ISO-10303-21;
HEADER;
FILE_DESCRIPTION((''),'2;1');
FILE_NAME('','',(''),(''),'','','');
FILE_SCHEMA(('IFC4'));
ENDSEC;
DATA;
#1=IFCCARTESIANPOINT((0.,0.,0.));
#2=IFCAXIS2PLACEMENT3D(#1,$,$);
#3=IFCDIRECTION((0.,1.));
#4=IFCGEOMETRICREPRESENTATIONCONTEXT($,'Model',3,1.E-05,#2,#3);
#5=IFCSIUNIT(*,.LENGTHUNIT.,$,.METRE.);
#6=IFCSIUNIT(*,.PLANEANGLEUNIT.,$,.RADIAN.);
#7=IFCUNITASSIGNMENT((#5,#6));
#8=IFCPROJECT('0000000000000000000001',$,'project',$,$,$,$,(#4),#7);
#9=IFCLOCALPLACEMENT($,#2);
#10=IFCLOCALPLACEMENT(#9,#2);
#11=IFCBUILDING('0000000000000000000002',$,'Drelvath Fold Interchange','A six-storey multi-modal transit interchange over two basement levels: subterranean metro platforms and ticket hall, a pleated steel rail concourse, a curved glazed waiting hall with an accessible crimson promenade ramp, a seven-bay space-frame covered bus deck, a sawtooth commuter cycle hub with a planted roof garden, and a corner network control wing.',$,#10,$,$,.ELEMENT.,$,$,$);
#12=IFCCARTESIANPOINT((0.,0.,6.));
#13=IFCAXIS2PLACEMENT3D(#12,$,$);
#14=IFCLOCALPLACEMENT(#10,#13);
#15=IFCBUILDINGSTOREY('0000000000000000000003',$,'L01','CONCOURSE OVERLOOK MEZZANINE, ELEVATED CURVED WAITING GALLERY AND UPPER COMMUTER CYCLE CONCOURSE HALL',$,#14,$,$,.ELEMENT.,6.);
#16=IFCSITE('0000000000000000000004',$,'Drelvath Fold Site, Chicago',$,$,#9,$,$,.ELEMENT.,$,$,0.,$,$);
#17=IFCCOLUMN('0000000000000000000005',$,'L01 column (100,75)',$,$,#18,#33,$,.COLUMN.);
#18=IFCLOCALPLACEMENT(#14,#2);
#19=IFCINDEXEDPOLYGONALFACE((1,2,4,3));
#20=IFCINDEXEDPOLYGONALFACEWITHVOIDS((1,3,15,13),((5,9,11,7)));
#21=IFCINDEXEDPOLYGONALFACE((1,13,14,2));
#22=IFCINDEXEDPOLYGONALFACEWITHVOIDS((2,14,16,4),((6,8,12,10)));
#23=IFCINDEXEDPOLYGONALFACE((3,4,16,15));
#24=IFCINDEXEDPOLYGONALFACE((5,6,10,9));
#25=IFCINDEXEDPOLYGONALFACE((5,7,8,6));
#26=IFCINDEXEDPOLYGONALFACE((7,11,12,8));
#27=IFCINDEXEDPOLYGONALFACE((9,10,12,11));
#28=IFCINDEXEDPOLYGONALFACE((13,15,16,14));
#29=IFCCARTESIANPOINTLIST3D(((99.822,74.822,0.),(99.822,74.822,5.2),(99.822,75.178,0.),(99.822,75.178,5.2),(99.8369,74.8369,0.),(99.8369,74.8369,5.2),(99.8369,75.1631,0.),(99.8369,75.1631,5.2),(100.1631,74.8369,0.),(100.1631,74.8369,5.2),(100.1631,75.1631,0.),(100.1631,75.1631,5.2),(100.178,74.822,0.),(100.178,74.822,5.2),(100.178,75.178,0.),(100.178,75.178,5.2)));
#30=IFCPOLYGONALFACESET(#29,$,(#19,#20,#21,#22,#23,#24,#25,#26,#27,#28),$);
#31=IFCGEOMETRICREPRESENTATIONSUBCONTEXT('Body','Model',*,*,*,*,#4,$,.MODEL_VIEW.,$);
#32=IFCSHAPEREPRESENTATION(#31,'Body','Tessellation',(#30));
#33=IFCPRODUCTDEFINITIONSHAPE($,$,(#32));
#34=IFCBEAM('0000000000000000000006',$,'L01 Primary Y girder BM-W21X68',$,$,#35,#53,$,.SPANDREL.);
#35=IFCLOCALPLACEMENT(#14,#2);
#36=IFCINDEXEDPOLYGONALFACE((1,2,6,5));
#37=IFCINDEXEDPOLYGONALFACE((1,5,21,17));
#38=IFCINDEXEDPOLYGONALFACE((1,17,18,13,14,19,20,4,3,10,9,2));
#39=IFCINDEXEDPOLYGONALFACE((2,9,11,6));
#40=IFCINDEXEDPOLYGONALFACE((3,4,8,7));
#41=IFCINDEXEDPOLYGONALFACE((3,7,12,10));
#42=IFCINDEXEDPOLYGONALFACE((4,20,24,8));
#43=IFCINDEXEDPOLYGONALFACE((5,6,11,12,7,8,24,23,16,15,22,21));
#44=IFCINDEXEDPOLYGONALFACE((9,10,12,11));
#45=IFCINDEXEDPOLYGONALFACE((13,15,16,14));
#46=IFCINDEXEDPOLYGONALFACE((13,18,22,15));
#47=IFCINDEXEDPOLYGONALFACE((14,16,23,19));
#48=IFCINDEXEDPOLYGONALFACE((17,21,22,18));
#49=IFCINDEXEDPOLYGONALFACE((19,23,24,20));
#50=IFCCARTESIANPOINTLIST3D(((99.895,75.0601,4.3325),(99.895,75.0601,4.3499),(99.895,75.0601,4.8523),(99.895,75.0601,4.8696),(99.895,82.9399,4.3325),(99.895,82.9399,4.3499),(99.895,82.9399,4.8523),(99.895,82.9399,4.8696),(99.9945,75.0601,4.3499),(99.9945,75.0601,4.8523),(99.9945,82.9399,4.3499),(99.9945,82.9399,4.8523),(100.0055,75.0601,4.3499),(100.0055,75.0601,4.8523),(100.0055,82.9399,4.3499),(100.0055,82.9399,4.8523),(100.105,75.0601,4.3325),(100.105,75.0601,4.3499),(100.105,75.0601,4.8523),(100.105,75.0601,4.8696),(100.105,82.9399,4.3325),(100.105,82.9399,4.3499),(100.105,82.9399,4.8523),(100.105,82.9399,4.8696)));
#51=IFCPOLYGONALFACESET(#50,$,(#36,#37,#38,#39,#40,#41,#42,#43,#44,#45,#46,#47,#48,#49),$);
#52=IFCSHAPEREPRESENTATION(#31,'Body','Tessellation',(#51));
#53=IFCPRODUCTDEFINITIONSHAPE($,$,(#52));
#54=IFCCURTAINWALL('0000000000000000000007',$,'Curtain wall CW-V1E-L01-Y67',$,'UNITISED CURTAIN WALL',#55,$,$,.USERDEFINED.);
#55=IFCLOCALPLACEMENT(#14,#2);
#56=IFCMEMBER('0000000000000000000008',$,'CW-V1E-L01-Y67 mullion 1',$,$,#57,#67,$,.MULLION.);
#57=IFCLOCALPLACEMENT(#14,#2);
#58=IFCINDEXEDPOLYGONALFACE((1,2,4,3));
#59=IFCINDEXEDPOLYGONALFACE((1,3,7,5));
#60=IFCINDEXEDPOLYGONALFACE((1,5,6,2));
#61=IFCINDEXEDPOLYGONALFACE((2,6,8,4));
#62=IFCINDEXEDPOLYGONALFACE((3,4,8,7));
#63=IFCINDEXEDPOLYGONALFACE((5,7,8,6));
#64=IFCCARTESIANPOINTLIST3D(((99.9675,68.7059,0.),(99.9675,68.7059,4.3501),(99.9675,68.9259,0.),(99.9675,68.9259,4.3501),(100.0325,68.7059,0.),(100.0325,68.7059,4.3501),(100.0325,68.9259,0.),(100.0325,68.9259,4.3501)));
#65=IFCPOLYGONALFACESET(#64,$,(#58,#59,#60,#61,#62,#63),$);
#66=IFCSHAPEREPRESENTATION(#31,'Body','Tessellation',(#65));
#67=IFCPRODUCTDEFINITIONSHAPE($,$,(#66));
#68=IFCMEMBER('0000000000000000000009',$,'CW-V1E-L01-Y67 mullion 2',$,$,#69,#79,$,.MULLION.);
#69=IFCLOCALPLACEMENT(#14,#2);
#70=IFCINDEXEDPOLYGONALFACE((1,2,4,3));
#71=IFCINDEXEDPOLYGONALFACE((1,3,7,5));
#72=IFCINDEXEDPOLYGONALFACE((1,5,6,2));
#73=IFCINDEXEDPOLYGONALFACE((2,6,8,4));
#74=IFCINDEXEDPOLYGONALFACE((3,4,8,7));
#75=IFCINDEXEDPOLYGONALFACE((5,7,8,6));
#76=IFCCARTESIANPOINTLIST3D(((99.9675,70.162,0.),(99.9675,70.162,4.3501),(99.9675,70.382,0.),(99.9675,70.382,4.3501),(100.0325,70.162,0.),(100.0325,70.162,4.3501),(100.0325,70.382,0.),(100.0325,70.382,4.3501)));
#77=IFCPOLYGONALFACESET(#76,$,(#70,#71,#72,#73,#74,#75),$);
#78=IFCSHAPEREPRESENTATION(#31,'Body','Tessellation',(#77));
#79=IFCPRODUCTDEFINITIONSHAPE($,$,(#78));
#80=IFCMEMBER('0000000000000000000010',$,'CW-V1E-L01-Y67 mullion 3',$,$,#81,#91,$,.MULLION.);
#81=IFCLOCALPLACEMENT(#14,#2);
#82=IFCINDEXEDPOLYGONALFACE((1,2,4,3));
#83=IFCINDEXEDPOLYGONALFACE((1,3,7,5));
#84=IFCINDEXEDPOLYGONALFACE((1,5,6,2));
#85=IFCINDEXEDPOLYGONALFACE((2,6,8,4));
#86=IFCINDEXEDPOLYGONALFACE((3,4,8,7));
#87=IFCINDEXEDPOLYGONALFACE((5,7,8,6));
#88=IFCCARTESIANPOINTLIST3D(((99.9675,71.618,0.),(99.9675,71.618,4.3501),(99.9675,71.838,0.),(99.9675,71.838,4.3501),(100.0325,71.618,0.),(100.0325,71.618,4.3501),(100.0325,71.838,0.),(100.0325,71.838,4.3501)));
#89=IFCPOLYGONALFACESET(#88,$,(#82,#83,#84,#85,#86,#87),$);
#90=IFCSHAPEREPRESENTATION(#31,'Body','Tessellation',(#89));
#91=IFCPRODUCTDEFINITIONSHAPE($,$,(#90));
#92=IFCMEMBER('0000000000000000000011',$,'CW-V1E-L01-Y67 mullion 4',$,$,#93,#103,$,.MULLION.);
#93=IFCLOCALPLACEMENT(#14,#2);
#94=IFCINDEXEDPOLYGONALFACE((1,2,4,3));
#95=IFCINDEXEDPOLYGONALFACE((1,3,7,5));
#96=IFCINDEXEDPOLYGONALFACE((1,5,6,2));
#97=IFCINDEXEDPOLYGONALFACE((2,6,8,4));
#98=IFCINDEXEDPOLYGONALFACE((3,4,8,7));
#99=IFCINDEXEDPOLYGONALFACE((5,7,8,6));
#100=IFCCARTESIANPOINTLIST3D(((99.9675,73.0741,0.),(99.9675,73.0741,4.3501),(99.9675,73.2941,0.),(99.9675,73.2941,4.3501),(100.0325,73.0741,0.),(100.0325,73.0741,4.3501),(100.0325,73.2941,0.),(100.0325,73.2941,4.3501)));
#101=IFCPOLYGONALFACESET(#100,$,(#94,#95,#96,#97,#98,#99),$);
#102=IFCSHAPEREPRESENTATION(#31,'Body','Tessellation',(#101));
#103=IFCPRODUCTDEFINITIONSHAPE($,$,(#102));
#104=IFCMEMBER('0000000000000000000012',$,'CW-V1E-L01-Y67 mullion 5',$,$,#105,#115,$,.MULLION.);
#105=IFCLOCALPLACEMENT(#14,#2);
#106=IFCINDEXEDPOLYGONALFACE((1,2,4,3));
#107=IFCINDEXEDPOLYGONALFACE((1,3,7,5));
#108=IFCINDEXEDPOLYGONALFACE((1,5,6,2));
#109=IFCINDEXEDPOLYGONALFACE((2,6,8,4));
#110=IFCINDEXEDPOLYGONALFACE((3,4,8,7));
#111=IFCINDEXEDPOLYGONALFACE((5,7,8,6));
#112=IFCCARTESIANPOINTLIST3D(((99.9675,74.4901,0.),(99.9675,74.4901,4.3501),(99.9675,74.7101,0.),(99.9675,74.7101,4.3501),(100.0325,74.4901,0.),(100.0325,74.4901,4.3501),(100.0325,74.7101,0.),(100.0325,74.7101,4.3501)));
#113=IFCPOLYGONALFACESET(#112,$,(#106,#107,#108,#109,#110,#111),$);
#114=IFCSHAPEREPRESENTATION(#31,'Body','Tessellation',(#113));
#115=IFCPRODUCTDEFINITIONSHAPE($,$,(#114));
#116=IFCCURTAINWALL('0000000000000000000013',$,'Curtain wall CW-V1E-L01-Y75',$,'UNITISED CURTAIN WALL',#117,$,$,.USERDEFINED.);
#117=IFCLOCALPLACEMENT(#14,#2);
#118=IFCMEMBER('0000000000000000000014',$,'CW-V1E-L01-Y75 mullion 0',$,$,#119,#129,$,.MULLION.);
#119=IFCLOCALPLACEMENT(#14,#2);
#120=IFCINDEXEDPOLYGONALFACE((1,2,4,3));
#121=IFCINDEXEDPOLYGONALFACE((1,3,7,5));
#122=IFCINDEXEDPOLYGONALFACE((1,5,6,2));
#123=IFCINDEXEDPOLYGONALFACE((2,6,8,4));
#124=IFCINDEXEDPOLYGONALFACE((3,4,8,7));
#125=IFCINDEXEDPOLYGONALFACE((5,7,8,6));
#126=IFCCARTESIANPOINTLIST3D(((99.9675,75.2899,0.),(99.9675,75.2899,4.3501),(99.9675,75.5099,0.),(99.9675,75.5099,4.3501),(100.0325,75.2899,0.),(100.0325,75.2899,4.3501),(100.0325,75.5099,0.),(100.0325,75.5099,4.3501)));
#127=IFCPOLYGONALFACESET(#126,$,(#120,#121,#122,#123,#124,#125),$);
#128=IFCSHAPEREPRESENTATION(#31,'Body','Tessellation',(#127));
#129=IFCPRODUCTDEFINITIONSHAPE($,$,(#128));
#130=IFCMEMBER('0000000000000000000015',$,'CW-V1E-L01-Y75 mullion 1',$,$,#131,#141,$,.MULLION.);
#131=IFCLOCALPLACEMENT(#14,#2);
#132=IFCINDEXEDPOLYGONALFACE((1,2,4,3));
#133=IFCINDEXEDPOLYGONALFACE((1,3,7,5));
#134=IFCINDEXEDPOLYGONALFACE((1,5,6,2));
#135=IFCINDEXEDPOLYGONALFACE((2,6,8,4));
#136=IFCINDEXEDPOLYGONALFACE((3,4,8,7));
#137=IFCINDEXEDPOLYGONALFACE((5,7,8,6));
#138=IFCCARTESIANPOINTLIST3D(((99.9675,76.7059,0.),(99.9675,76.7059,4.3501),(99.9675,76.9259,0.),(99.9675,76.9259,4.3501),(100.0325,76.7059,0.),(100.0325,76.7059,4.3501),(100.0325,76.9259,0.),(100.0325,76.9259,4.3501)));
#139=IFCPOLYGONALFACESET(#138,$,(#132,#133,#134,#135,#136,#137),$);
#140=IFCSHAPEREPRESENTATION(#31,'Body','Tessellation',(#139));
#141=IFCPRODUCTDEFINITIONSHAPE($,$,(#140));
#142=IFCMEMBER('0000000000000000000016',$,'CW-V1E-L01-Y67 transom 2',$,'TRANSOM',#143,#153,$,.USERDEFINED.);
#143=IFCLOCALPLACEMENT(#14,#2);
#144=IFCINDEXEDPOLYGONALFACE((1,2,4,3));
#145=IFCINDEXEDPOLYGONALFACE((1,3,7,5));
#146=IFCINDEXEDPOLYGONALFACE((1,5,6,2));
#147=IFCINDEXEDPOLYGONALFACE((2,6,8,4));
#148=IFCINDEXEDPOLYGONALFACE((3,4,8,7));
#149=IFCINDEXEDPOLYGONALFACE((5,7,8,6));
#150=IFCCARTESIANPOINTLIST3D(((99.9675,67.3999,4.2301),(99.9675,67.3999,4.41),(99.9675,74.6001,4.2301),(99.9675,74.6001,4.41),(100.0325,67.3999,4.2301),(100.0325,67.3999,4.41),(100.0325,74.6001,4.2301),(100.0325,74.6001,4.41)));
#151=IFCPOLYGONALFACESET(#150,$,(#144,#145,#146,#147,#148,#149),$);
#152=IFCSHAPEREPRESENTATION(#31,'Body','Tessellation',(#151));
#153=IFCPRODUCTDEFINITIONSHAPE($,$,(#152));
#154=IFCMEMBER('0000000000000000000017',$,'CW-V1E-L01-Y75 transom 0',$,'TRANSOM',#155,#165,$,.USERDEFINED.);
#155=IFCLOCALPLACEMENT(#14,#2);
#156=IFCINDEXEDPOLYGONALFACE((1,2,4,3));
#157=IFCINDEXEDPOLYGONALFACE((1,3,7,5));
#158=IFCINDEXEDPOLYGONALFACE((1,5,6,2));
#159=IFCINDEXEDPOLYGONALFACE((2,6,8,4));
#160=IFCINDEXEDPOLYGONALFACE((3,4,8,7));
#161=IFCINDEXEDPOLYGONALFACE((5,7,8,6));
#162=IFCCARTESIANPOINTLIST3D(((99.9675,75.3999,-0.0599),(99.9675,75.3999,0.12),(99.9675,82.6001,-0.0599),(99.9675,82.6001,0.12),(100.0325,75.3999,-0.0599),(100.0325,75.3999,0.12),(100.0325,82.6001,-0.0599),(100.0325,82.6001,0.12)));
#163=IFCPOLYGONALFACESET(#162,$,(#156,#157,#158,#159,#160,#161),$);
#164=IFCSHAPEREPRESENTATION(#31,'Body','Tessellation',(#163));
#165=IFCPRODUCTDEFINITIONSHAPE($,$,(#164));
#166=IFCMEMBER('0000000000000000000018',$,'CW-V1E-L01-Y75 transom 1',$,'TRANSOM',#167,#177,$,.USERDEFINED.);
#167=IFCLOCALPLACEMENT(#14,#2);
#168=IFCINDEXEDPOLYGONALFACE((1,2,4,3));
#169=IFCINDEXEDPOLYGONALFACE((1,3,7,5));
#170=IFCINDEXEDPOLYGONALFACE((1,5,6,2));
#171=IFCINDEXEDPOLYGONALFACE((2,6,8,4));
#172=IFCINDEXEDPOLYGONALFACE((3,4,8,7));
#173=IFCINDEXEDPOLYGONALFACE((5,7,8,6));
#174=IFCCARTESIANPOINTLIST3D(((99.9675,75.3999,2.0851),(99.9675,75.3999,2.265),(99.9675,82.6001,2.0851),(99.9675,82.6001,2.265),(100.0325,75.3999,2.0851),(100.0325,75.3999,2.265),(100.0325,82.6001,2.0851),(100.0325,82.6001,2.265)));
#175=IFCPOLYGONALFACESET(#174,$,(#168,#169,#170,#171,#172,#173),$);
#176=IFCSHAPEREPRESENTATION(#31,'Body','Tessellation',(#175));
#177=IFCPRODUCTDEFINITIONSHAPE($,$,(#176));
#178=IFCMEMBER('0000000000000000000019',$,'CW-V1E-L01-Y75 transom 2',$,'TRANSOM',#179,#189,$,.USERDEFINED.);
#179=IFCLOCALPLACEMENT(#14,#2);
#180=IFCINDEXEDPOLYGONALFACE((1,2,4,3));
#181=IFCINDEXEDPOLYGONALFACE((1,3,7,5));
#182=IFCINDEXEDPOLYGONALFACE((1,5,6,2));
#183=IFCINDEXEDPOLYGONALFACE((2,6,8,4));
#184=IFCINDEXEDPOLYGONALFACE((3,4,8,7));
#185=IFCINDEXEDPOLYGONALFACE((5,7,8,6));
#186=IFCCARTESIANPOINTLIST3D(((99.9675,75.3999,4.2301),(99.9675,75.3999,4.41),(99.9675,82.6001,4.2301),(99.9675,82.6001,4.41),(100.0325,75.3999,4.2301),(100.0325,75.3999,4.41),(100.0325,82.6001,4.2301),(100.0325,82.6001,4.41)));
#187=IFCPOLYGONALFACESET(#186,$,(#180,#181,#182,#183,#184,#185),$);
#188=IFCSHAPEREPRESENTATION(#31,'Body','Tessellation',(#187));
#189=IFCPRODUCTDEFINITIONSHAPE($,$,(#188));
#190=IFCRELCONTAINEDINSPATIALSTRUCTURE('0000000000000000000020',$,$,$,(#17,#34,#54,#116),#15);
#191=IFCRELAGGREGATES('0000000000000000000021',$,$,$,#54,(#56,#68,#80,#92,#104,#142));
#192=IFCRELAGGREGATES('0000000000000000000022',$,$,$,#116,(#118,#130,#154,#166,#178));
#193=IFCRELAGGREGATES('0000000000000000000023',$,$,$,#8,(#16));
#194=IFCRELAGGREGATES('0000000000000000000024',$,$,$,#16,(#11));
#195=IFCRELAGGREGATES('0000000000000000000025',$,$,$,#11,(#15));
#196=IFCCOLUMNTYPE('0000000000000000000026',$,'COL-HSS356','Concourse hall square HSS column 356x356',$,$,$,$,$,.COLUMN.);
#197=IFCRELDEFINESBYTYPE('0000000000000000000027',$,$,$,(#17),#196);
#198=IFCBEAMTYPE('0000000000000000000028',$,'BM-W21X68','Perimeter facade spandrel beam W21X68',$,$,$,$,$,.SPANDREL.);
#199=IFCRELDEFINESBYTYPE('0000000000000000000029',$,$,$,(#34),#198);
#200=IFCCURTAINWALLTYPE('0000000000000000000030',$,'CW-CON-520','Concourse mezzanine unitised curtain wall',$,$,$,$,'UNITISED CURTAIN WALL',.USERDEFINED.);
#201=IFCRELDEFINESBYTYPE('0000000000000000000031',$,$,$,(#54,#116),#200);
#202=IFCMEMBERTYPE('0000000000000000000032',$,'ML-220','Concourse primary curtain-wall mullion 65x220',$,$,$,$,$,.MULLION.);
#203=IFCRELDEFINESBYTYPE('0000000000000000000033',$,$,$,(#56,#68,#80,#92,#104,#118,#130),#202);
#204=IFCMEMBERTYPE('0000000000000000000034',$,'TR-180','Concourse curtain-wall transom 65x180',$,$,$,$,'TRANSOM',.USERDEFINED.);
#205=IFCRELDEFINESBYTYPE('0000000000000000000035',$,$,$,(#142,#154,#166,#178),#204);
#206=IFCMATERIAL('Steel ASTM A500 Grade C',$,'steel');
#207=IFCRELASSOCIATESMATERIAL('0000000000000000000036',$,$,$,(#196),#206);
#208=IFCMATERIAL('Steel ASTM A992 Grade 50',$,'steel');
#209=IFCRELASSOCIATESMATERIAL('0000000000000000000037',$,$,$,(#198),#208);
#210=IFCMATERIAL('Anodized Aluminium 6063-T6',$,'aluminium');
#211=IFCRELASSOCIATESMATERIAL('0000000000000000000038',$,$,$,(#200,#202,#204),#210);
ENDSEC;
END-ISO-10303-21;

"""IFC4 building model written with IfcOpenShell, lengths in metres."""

from ifc_helpers import new_model, si_unit, direction, frame, origin, origin_2d, place, context, subcontext, project, spatial, rectangle, hollow_rectangle, i_section, extrude, material, material_profile, profile_set, type_object, element, aggregate, save


model = new_model("IFC4")

# Units and contexts
model_context = context("Model", 3, precision=1e-05, world=origin(), true_north=direction((0.0, 1.0)))
body_context = subcontext(model_context, "Body", "Model", "MODEL_VIEW")
ifc_project = project(units=[si_unit("LENGTHUNIT", "METRE"), si_unit("PLANEANGLEUNIT", "RADIAN")], contexts=[model_context])

# Site, building, storey
site_placement = place(None, origin())
site = spatial("IfcSite", under=ifc_project, at=site_placement, Name="Drelvath Fold Site, Chicago", CompositionType="ELEMENT", RefElevation=0.0)
building_placement = place(site_placement, origin())
building = spatial("IfcBuilding", under=site, at=building_placement, Name="Drelvath Fold Interchange", Description="A six-storey multi-modal transit interchange over two basement levels: subterranean metro platforms and ticket hall, a pleated steel rail concourse, a curved glazed waiting hall with an accessible crimson promenade ramp, a seven-bay space-frame covered bus deck, a sawtooth commuter cycle hub with a planted roof garden, and a corner network control wing.", CompositionType="ELEMENT")
storey_placement = place(building_placement, frame((0.0, 0.0, 6.0)))
storey = spatial("IfcBuildingStorey", under=building, at=storey_placement, Name="L01", Description="CONCOURSE OVERLOOK MEZZANINE, ELEVATED CURVED WAITING GALLERY AND UPPER COMMUTER CYCLE CONCOURSE HALL", CompositionType="ELEMENT", Elevation=6.0)

# Column
ifc_material_1 = material(Name="Steel ASTM A500 Grade C", Category="steel")
ifc_material_profile_1 = material_profile(ifc_material_1, hollow_rectangle(XDim=0.356, YDim=0.356, WallThickness=0.0149, at=origin_2d()), Name="HSS14X14X5/8")
ifc_profile_set_1 = profile_set([ifc_material_profile_1], Name="Steel ASTM A500 Grade C")
column_type = type_object("IfcColumnType", Name="COL-HSS356", Description="Concourse hall square HSS column 356x356", PredefinedType="COLUMN", material=ifc_profile_set_1)
column_placement = place(storey_placement, frame((100.0, 75.0, 0.0), z_axis=(0.0, 0.0, 1.0), x_axis=(1.0, 0.0, 0.0)))
element("IfcColumn", 1, at=column_placement, inside=storey, type_object=column_type, Name="L01 column (100,75)", PredefinedType="COLUMN", context=body_context, shape_type="SweptSolid", body=[
    extrude(hollow_rectangle(XDim=0.356, YDim=0.356, WallThickness=0.0149, at=origin_2d()), origin(), (0.0, 0.0, 1.0), 5.2),
])

# Beam
ifc_material_2 = material(Name="Steel ASTM A992 Grade 50", Category="steel")
ifc_material_profile_2 = material_profile(ifc_material_2, i_section(OverallWidth=0.21, OverallDepth=0.5371, WebThickness=0.011, FlangeThickness=0.0173, at=origin_2d()), Name="W21X68")
ifc_profile_set_2 = profile_set([ifc_material_profile_2], Name="Steel ASTM A992 Grade 50")
beam_type = type_object("IfcBeamType", Name="BM-W21X68", Description="Perimeter facade spandrel beam W21X68", PredefinedType="SPANDREL", material=ifc_profile_set_2)
beam_placement = place(storey_placement, frame((100.0, 75.0601, 4.6011), z_axis=(0.0, 1.0, 0.0), x_axis=(-1.0, 0.0, 0.0)))
element("IfcBeam", 2, at=beam_placement, inside=storey, type_object=beam_type, Name="L01 Primary Y girder BM-W21X68", PredefinedType="SPANDREL", context=body_context, shape_type="SweptSolid", body=[
    extrude(i_section(OverallWidth=0.21, OverallDepth=0.5371, WebThickness=0.011, FlangeThickness=0.0173, at=origin_2d()), origin(), (0.0, 0.0, 1.0), 7.8799),
])

# Curtain walls, members
ifc_material_3 = material(Name="Anodized Aluminium 6063-T6", Category="aluminium")
curtain_wall_type = type_object("IfcCurtainWallType", Name="CW-CON-520", Description="Concourse mezzanine unitised curtain wall", ElementType="UNITISED CURTAIN WALL", PredefinedType="USERDEFINED", material=ifc_material_3)
curtain_wall_1_placement = place(storey_placement, origin())
curtain_wall_1 = element("IfcCurtainWall", 3, at=curtain_wall_1_placement, inside=storey, type_object=curtain_wall_type, Name="Curtain wall CW-V1E-L01-Y67", ObjectType="UNITISED CURTAIN WALL", PredefinedType="USERDEFINED")
ifc_material_profile_3 = material_profile(ifc_material_3, rectangle(XDim=0.0649, YDim=0.22, at=origin_2d()), Name="AL-M 65x220")
ifc_profile_set_3 = profile_set([ifc_material_profile_3], Name="Anodized Aluminium 6063-T6")
member_type_1 = type_object("IfcMemberType", Name="ML-220", Description="Concourse primary curtain-wall mullion 65x220", PredefinedType="MULLION", material=ifc_profile_set_3)
member_1_placement = place(storey_placement, frame((100.0, 68.8159, 0.0), z_axis=(0.0, 0.0, 1.0), x_axis=(1.0, 0.0, 0.0)))
member_1 = element("IfcMember", 4, at=member_1_placement, type_object=member_type_1, Name="CW-V1E-L01-Y67 mullion 1", PredefinedType="MULLION", context=body_context, shape_type="SweptSolid", body=[
    extrude(rectangle(XDim=0.0649, YDim=0.22, at=origin_2d()), origin(), (0.0, 0.0, 1.0), 4.3501),
])
member_2_placement = place(storey_placement, frame((100.0, 70.272, 0.0), z_axis=(0.0, 0.0, 1.0), x_axis=(1.0, 0.0, 0.0)))
member_2 = element("IfcMember", 5, at=member_2_placement, type_object=member_type_1, Name="CW-V1E-L01-Y67 mullion 2", PredefinedType="MULLION", context=body_context, shape_type="SweptSolid", body=[
    extrude(rectangle(XDim=0.0649, YDim=0.22, at=origin_2d()), origin(), (0.0, 0.0, 1.0), 4.3501),
])
member_3_placement = place(storey_placement, frame((100.0, 71.728, 0.0), z_axis=(0.0, 0.0, 1.0), x_axis=(1.0, 0.0, 0.0)))
member_3 = element("IfcMember", 6, at=member_3_placement, type_object=member_type_1, Name="CW-V1E-L01-Y67 mullion 3", PredefinedType="MULLION", context=body_context, shape_type="SweptSolid", body=[
    extrude(rectangle(XDim=0.0649, YDim=0.22, at=origin_2d()), origin(), (0.0, 0.0, 1.0), 4.3501),
])
member_4_placement = place(storey_placement, frame((100.0, 73.1841, 0.0), z_axis=(0.0, 0.0, 1.0), x_axis=(1.0, 0.0, 0.0)))
member_4 = element("IfcMember", 7, at=member_4_placement, type_object=member_type_1, Name="CW-V1E-L01-Y67 mullion 4", PredefinedType="MULLION", context=body_context, shape_type="SweptSolid", body=[
    extrude(rectangle(XDim=0.0649, YDim=0.22, at=origin_2d()), origin(), (0.0, 0.0, 1.0), 4.3501),
])
member_5_placement = place(storey_placement, frame((100.0, 74.6001, 0.0), z_axis=(0.0, 0.0, 1.0), x_axis=(1.0, 0.0, 0.0)))
member_5 = element("IfcMember", 8, at=member_5_placement, type_object=member_type_1, Name="CW-V1E-L01-Y67 mullion 5", PredefinedType="MULLION", context=body_context, shape_type="SweptSolid", body=[
    extrude(rectangle(XDim=0.0649, YDim=0.22, at=origin_2d()), origin(), (0.0, 0.0, 1.0), 4.3501),
])
curtain_wall_2_placement = place(storey_placement, origin())
curtain_wall_2 = element("IfcCurtainWall", 9, at=curtain_wall_2_placement, inside=storey, type_object=curtain_wall_type, Name="Curtain wall CW-V1E-L01-Y75", ObjectType="UNITISED CURTAIN WALL", PredefinedType="USERDEFINED")
member_6_placement = place(storey_placement, frame((100.0, 75.3999, 0.0), z_axis=(0.0, 0.0, 1.0), x_axis=(1.0, 0.0, 0.0)))
member_6 = element("IfcMember", 10, at=member_6_placement, type_object=member_type_1, Name="CW-V1E-L01-Y75 mullion 0", PredefinedType="MULLION", context=body_context, shape_type="SweptSolid", body=[
    extrude(rectangle(XDim=0.0649, YDim=0.22, at=origin_2d()), origin(), (0.0, 0.0, 1.0), 4.3501),
])
member_7_placement = place(storey_placement, frame((100.0, 76.8159, 0.0), z_axis=(0.0, 0.0, 1.0), x_axis=(1.0, 0.0, 0.0)))
member_7 = element("IfcMember", 11, at=member_7_placement, type_object=member_type_1, Name="CW-V1E-L01-Y75 mullion 1", PredefinedType="MULLION", context=body_context, shape_type="SweptSolid", body=[
    extrude(rectangle(XDim=0.0649, YDim=0.22, at=origin_2d()), origin(), (0.0, 0.0, 1.0), 4.3501),
])

# Members
ifc_material_profile_4 = material_profile(ifc_material_3, rectangle(XDim=0.0649, YDim=0.1799, at=origin_2d()), Name="AL-T 65x180")
ifc_profile_set_4 = profile_set([ifc_material_profile_4], Name="Anodized Aluminium 6063-T6")
member_type_2 = type_object("IfcMemberType", Name="TR-180", Description="Concourse curtain-wall transom 65x180", ElementType="TRANSOM", PredefinedType="USERDEFINED", material=ifc_profile_set_4)
member_8_placement = place(storey_placement, frame((100.0, 67.3999, 4.3201), z_axis=(0.0, 1.0, 0.0), x_axis=(-1.0, 0.0, 0.0)))
member_8 = element("IfcMember", 12, at=member_8_placement, type_object=member_type_2, Name="CW-V1E-L01-Y67 transom 2", ObjectType="TRANSOM", PredefinedType="USERDEFINED", context=body_context, shape_type="SweptSolid", body=[
    extrude(rectangle(XDim=0.0649, YDim=0.1799, at=origin_2d()), origin(), (0.0, 0.0, 1.0), 7.2002),
])
member_9_placement = place(storey_placement, frame((100.0, 75.3999, 0.03), z_axis=(0.0, 1.0, 0.0), x_axis=(-1.0, 0.0, 0.0)))
member_9 = element("IfcMember", 13, at=member_9_placement, type_object=member_type_2, Name="CW-V1E-L01-Y75 transom 0", ObjectType="TRANSOM", PredefinedType="USERDEFINED", context=body_context, shape_type="SweptSolid", body=[
    extrude(rectangle(XDim=0.0649, YDim=0.1799, at=origin_2d()), origin(), (0.0, 0.0, 1.0), 7.2002),
])
member_10_placement = place(storey_placement, frame((100.0, 75.3999, 2.175), z_axis=(0.0, 1.0, 0.0), x_axis=(-1.0, 0.0, 0.0)))
member_10 = element("IfcMember", 14, at=member_10_placement, type_object=member_type_2, Name="CW-V1E-L01-Y75 transom 1", ObjectType="TRANSOM", PredefinedType="USERDEFINED", context=body_context, shape_type="SweptSolid", body=[
    extrude(rectangle(XDim=0.0649, YDim=0.1799, at=origin_2d()), origin(), (0.0, 0.0, 1.0), 7.2002),
])
member_11_placement = place(storey_placement, frame((100.0, 75.3999, 4.3201), z_axis=(0.0, 1.0, 0.0), x_axis=(-1.0, 0.0, 0.0)))
member_11 = element("IfcMember", 15, at=member_11_placement, type_object=member_type_2, Name="CW-V1E-L01-Y75 transom 2", ObjectType="TRANSOM", PredefinedType="USERDEFINED", context=body_context, shape_type="SweptSolid", body=[
    extrude(rectangle(XDim=0.0649, YDim=0.1799, at=origin_2d()), origin(), (0.0, 0.0, 1.0), 7.2002),
])

aggregate(curtain_wall_1, [member_1, member_2, member_3, member_4, member_5, member_8])
aggregate(curtain_wall_2, [member_6, member_7, member_9, member_10, member_11])

save(model, "model.ifc")
